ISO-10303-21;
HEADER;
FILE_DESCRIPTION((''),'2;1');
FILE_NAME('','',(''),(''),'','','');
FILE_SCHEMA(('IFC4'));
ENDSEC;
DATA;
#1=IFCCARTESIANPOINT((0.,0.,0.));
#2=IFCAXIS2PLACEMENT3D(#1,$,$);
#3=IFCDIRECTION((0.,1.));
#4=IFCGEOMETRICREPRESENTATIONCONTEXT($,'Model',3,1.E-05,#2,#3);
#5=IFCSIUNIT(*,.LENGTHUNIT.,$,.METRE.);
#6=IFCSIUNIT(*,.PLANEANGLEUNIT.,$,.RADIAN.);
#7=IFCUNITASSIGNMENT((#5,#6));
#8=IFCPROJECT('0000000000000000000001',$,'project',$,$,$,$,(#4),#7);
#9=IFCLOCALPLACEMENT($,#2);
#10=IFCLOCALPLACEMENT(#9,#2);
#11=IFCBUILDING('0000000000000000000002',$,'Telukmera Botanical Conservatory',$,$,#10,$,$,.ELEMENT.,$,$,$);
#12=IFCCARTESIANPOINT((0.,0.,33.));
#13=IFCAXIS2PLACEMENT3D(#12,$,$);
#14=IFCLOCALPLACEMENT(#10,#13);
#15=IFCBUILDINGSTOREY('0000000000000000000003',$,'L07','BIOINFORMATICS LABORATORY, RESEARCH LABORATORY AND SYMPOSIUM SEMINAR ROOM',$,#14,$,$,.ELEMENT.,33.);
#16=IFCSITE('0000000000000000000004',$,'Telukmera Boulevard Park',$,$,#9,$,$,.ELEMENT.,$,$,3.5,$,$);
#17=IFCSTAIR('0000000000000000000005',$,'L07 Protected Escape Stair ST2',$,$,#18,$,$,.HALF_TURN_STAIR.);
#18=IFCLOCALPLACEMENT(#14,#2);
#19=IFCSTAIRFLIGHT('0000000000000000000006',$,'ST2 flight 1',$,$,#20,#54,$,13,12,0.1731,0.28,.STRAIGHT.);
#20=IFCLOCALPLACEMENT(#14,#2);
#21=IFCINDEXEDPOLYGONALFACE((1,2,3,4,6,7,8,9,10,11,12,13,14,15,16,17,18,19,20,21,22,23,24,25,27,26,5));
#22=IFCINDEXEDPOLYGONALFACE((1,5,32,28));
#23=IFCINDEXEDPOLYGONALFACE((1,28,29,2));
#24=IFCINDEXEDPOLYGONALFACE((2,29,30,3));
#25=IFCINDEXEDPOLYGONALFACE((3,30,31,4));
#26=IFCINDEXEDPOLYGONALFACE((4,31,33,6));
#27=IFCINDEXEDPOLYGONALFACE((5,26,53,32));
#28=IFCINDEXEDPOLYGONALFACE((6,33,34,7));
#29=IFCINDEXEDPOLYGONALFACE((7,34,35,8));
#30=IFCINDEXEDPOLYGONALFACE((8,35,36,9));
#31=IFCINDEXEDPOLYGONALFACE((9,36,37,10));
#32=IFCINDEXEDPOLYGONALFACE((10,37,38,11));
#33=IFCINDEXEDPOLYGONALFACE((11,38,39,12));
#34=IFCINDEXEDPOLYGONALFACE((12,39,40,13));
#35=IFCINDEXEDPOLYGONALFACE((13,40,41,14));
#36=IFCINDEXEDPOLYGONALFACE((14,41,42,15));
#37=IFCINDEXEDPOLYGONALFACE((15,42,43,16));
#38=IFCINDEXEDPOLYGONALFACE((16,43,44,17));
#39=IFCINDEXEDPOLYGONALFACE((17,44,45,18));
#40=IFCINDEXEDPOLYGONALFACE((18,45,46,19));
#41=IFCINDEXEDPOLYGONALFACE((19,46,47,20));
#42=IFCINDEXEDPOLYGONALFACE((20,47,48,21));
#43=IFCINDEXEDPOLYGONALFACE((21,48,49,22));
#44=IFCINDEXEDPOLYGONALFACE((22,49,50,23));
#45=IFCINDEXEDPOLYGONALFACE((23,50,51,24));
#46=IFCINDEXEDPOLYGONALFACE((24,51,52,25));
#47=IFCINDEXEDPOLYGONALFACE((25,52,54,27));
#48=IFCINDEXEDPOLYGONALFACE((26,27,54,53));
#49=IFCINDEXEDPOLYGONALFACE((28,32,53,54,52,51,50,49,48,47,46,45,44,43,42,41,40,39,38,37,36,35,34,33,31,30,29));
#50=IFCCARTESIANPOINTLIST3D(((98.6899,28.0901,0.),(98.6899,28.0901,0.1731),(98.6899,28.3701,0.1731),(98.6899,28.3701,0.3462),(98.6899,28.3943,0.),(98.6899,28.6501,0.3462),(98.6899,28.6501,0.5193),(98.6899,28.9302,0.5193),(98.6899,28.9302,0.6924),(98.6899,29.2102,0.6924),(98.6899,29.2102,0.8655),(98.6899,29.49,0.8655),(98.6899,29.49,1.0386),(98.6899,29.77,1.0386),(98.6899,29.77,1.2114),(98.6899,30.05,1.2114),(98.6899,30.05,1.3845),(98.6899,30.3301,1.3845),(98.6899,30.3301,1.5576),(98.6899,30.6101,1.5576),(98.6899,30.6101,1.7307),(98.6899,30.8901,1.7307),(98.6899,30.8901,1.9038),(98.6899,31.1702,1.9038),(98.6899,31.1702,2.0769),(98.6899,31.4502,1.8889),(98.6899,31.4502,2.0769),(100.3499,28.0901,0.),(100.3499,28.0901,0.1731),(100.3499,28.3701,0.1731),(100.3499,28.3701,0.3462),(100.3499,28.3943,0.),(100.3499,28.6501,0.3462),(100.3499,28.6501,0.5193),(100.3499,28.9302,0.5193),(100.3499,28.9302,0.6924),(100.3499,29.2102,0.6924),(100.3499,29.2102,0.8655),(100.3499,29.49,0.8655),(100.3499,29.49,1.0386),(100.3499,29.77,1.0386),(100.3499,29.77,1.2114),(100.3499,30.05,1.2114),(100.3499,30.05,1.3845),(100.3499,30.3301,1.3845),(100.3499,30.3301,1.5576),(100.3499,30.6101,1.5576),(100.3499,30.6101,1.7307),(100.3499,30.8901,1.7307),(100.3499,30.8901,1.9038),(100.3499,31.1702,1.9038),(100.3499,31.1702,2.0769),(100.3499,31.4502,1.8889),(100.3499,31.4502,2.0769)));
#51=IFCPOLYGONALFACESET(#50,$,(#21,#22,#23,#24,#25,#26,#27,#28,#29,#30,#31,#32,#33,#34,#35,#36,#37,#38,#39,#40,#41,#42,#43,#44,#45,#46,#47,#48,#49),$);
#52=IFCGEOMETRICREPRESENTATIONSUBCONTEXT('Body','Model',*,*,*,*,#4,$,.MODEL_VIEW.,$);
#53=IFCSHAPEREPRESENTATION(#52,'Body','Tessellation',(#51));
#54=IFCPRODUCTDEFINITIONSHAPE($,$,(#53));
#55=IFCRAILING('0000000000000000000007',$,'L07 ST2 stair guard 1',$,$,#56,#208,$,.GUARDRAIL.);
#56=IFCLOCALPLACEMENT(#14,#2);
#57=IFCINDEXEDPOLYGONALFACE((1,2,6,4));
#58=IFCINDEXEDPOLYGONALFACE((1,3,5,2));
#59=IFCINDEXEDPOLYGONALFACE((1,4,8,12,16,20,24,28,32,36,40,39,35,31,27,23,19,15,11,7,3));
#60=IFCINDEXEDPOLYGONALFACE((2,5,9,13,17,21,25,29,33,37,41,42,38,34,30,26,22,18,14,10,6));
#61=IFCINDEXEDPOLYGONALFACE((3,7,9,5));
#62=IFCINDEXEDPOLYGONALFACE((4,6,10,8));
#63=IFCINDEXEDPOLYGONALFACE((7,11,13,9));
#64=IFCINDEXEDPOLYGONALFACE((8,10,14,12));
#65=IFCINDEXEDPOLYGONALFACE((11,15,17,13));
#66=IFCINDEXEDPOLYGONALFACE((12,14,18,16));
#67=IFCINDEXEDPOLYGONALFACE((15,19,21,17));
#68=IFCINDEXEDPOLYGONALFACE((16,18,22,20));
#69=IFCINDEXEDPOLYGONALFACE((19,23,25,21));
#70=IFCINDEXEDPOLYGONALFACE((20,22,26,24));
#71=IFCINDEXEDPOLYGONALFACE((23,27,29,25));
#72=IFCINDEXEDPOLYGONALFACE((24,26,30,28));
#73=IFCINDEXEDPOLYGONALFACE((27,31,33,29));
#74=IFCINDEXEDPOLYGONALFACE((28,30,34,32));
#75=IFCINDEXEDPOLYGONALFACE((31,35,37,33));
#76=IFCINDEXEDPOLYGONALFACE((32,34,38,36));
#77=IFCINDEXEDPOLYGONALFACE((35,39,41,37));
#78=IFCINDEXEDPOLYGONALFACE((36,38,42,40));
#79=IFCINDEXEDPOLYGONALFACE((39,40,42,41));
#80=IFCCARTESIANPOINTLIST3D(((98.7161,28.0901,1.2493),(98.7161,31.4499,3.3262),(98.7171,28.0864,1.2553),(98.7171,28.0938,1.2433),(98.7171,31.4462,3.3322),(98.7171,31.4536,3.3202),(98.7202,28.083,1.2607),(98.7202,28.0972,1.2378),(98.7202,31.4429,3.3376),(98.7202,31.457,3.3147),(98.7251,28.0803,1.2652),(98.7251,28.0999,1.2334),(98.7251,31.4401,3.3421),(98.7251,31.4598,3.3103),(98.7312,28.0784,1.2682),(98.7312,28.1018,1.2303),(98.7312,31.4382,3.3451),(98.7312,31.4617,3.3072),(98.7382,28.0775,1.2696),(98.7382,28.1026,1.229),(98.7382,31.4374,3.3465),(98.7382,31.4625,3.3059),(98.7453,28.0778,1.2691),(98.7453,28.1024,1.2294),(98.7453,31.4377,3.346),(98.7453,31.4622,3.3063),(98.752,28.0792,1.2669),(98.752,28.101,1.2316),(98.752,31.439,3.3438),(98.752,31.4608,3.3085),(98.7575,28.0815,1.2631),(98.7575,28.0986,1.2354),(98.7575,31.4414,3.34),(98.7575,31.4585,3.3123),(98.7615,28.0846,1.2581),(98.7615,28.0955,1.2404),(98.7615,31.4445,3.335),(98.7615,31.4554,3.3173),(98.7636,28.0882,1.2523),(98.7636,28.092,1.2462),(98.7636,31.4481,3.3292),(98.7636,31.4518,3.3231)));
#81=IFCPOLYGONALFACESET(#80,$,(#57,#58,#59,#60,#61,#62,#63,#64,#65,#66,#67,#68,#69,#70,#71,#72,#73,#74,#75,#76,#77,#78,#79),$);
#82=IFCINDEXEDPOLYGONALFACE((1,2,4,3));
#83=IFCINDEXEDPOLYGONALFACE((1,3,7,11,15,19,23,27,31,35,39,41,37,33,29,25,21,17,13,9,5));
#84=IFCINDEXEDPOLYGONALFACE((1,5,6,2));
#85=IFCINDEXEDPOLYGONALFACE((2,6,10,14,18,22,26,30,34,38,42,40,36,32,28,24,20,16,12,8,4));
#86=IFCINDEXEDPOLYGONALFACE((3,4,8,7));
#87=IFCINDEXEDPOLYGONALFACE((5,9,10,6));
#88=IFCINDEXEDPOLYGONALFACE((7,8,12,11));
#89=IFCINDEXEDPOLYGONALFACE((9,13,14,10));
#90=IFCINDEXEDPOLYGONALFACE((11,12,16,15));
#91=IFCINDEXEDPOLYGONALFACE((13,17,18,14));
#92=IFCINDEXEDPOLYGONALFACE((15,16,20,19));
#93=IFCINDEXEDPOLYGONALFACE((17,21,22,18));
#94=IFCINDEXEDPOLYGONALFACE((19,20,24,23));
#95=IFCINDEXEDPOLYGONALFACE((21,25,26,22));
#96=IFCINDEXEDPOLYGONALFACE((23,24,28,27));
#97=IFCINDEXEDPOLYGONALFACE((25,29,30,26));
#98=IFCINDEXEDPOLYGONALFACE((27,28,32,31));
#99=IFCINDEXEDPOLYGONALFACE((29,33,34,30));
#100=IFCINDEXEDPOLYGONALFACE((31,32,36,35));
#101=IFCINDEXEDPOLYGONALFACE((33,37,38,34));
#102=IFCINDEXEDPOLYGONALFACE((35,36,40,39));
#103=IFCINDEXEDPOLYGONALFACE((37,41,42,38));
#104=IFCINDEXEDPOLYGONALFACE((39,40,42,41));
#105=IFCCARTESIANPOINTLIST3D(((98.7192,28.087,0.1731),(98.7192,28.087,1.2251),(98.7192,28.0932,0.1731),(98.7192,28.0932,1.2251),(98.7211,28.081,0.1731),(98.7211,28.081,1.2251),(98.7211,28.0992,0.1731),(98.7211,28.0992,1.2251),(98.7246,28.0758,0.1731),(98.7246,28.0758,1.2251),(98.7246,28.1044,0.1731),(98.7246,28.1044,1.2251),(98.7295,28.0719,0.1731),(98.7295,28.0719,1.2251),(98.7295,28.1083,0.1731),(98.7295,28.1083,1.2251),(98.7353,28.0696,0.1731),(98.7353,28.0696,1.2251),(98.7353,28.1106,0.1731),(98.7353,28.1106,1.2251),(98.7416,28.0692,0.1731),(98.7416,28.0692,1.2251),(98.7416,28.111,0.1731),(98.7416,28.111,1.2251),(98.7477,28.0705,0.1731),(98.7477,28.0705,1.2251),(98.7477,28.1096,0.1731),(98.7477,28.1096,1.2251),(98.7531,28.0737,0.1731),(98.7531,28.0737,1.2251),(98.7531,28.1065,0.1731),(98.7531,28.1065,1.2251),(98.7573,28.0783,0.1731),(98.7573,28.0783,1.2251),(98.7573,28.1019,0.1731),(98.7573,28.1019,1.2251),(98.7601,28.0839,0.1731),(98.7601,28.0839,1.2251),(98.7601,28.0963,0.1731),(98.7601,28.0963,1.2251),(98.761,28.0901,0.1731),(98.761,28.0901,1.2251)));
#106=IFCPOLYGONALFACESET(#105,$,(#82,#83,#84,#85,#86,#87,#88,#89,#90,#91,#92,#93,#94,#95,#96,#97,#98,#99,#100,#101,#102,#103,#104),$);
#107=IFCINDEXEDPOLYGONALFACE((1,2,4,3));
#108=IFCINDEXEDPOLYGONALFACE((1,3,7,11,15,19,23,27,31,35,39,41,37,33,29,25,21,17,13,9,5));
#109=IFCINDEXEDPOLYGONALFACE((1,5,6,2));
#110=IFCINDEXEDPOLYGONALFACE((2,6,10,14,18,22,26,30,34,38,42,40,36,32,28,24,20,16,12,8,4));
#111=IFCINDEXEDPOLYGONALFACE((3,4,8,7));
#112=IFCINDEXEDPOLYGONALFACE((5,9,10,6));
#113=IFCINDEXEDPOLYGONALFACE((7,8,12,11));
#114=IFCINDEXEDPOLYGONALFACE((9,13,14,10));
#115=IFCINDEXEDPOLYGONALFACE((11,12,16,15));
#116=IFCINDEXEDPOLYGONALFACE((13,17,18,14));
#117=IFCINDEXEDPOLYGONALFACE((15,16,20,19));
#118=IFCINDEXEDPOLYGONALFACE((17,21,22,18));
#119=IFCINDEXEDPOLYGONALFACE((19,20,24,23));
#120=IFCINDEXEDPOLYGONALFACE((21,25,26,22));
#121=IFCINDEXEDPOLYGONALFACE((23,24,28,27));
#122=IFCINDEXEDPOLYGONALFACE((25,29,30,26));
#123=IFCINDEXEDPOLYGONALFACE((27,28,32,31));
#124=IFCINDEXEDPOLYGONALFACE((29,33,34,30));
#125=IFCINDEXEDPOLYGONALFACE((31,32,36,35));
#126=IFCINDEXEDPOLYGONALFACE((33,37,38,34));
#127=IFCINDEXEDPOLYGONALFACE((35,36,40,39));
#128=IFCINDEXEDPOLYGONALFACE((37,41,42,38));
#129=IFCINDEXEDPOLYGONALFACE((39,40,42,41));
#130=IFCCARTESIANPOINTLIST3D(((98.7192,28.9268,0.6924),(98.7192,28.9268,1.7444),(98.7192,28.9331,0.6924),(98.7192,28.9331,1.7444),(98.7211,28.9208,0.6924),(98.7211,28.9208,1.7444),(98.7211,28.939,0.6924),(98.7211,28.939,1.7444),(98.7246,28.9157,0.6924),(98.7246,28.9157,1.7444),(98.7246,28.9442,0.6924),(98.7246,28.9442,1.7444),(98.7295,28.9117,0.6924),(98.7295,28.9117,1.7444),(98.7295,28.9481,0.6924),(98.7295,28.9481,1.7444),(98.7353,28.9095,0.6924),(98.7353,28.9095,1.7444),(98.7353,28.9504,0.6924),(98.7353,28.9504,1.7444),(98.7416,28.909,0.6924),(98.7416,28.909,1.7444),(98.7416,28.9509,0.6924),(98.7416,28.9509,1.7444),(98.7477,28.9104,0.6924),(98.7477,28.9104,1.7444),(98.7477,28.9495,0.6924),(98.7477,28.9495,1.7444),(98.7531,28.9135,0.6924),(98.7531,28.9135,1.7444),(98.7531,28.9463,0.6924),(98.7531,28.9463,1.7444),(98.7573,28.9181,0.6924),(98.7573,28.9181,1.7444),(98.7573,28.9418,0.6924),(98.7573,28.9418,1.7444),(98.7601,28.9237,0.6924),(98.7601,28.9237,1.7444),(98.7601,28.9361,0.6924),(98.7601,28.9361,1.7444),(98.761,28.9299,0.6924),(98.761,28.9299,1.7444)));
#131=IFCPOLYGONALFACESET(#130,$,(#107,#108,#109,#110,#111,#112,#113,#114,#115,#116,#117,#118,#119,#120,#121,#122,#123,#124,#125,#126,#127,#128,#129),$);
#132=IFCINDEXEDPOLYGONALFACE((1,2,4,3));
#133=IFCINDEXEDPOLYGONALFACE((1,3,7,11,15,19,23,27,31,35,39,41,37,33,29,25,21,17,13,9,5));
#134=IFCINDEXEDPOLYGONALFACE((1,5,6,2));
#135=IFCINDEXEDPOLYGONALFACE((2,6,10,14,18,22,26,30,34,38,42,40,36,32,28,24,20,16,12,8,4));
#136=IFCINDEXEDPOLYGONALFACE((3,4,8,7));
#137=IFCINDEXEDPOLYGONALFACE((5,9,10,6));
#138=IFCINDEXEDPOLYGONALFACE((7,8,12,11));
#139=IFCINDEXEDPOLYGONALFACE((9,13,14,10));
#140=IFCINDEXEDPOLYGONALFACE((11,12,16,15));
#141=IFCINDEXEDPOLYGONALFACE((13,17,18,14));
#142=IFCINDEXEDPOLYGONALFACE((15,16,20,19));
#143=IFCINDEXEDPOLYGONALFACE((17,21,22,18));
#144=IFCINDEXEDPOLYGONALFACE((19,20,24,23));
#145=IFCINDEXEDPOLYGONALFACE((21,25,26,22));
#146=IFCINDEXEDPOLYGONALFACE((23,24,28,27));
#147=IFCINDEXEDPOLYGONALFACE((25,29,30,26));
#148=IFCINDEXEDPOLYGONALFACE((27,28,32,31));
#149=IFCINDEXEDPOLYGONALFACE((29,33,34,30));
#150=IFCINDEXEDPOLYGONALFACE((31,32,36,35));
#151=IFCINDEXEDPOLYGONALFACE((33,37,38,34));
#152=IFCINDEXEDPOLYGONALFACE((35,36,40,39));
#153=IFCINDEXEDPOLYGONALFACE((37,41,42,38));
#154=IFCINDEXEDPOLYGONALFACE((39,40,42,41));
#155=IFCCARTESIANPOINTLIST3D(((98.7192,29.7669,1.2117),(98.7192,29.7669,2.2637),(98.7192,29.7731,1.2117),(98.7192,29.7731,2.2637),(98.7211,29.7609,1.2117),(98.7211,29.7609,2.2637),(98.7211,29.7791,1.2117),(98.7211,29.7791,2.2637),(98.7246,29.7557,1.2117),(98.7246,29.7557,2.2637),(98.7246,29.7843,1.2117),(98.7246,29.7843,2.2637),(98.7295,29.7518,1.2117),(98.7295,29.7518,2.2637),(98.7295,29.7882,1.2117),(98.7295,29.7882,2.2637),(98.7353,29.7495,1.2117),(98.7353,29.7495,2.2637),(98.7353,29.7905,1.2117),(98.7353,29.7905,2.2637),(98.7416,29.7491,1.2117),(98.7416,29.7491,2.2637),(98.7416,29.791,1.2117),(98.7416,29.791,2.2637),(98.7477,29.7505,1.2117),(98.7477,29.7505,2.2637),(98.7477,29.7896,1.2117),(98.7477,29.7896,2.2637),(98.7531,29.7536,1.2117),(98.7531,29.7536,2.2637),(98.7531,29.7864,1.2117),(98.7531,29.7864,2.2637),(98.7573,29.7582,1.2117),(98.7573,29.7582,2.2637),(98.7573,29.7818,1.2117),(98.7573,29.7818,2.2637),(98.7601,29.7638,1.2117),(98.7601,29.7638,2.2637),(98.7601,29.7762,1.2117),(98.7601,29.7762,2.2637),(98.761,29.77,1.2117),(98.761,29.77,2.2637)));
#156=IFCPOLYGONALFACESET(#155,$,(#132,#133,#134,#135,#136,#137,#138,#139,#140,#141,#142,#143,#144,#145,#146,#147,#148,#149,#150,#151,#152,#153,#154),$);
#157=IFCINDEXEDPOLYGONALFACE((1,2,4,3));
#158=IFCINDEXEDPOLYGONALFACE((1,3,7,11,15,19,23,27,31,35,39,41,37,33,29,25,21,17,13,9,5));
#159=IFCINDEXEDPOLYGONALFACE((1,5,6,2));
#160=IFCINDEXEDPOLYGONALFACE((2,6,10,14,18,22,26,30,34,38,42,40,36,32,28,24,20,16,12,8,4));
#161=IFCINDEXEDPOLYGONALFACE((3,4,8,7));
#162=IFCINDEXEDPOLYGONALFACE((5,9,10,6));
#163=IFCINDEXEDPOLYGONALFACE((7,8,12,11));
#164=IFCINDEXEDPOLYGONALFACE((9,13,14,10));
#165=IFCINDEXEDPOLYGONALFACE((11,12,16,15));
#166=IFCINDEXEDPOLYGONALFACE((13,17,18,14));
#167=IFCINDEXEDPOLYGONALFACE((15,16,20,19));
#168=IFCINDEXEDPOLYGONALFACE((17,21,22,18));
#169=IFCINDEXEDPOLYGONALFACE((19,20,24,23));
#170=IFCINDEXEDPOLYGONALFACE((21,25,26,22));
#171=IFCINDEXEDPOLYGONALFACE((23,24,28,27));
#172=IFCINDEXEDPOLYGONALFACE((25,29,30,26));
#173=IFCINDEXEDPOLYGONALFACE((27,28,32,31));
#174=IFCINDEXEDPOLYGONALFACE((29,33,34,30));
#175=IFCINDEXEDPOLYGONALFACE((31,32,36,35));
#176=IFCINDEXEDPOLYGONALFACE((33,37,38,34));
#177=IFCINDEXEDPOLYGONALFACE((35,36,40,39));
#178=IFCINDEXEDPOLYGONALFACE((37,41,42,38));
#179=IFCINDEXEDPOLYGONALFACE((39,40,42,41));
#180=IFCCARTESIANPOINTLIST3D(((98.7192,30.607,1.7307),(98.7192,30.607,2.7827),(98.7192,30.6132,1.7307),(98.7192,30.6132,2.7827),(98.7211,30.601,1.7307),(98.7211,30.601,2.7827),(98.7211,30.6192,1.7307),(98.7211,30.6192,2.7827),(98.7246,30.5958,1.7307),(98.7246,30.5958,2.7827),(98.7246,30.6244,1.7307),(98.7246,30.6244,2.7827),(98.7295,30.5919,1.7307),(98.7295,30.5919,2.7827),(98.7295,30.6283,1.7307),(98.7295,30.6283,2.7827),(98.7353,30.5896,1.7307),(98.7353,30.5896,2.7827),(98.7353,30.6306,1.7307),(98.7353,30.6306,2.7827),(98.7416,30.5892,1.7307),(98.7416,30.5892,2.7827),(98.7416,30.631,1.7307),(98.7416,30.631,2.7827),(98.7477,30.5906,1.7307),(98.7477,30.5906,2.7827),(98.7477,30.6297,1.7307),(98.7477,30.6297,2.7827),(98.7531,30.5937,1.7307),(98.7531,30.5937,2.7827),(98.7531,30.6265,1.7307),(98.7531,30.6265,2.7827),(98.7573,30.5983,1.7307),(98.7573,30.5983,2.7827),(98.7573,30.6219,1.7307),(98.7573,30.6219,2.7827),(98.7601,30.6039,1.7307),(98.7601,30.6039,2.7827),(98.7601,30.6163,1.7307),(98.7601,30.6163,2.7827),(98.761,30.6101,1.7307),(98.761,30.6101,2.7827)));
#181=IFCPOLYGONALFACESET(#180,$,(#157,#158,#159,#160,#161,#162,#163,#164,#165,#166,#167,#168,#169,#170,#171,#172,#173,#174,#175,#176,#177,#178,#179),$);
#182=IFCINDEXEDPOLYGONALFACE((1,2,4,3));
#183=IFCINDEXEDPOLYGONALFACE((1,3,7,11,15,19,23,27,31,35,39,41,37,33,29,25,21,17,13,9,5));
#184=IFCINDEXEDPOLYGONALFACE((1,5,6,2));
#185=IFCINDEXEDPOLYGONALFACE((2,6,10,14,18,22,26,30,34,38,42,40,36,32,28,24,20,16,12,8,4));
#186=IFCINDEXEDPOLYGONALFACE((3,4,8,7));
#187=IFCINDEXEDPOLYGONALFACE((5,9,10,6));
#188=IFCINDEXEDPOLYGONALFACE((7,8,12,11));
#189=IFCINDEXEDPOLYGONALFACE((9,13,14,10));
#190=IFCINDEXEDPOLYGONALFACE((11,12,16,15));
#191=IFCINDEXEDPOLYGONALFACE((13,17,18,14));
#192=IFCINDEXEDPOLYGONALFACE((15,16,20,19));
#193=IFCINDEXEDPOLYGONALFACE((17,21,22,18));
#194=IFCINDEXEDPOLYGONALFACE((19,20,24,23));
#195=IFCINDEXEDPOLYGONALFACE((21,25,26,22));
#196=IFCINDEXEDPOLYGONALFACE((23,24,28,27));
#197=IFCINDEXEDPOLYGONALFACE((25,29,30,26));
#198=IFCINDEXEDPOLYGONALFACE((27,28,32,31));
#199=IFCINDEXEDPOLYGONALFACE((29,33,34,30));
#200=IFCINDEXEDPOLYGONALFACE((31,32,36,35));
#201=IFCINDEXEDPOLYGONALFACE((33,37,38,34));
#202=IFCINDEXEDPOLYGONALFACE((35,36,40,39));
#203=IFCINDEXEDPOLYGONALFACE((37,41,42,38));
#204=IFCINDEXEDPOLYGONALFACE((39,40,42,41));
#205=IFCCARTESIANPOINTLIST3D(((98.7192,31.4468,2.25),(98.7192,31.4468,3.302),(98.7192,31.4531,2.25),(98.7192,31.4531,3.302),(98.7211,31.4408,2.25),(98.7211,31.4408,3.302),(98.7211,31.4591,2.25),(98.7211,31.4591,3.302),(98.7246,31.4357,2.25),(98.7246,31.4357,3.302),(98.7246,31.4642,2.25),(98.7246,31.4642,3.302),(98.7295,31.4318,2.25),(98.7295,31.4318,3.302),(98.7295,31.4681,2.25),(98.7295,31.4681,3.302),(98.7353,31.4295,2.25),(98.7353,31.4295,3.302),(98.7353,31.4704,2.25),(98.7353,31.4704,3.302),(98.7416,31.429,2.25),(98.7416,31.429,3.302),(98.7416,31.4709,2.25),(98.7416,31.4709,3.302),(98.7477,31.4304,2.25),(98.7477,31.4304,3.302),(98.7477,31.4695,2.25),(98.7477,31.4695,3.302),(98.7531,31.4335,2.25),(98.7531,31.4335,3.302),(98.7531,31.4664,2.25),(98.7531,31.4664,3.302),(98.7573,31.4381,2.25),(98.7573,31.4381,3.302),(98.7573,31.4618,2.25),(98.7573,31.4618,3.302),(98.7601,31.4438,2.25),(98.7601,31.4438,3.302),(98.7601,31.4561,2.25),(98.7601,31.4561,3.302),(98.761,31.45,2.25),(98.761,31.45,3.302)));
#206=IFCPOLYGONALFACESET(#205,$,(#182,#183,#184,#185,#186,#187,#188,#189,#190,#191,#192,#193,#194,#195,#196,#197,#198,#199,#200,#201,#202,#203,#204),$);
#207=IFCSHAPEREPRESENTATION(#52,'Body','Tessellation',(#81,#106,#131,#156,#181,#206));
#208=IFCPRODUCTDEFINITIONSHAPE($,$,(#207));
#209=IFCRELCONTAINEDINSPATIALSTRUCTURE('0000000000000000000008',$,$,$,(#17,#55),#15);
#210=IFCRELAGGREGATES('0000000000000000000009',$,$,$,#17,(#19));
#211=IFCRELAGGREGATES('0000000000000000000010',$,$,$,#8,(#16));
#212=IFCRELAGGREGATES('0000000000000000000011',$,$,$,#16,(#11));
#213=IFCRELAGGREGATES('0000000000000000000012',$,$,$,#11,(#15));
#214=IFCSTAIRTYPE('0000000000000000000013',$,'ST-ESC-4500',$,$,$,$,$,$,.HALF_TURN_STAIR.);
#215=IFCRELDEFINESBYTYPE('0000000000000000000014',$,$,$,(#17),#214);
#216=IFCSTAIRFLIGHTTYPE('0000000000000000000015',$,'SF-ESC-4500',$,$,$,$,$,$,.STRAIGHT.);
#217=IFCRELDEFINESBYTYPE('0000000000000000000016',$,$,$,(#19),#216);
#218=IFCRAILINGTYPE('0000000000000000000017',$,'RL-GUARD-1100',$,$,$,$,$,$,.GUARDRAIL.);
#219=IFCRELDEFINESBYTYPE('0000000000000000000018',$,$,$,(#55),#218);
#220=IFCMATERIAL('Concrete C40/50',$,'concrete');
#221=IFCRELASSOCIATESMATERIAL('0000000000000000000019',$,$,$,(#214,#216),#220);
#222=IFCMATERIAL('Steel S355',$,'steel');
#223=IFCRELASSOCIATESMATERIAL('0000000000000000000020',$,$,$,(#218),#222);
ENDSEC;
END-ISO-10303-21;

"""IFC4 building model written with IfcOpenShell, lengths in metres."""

from ifc_helpers import new_model, si_unit, direction, frame, origin, origin_2d, place, context, subcontext, project, spatial, polyline, circle, outline, extrude, material, type_object, element, aggregate, save


model = new_model("IFC4")

# Units and contexts
model_context = context("Model", 3, precision=1e-05, world=origin(), true_north=direction((0.0, 1.0)))
body_context = subcontext(model_context, "Body", "Model", "MODEL_VIEW")
ifc_project = project(units=[si_unit("LENGTHUNIT", "METRE"), si_unit("PLANEANGLEUNIT", "RADIAN")], contexts=[model_context])

# Site, building, storey
site_placement = place(None, origin())
site = spatial("IfcSite", under=ifc_project, at=site_placement, Name="Telukmera Boulevard Park", CompositionType="ELEMENT", RefElevation=3.5)
building_placement = place(site_placement, origin())
building = spatial("IfcBuilding", under=site, at=building_placement, Name="Telukmera Botanical Conservatory", CompositionType="ELEMENT")
storey_placement = place(building_placement, frame((0.0, 0.0, 33.0)))
storey = spatial("IfcBuildingStorey", under=building, at=storey_placement, Name="L07", Description="BIOINFORMATICS LABORATORY, RESEARCH LABORATORY AND SYMPOSIUM SEMINAR ROOM", CompositionType="ELEMENT", Elevation=33.0)

# Shared definitions
ifc_material_1 = material(Name="Concrete C40/50", Category="concrete")

# Stair, stair flight
stair_type = type_object("IfcStairType", Name="ST-ESC-4500", PredefinedType="HALF_TURN_STAIR", material=ifc_material_1)
stair_placement = place(storey_placement, origin())
stair = element("IfcStair", 1, at=stair_placement, inside=storey, type_object=stair_type, Name="L07 Protected Escape Stair ST2", PredefinedType="HALF_TURN_STAIR")
stair_flight_type = type_object("IfcStairFlightType", Name="SF-ESC-4500", PredefinedType="STRAIGHT", material=ifc_material_1)
stair_flight_placement = place(storey_placement, frame((99.52, 28.0901, 0.0), z_axis=(0.0, 0.0, 1.0), x_axis=(0.0, 1.0, 0.0)))
stair_flight = element("IfcStairFlight", 2, at=stair_flight_placement, type_object=stair_flight_type, Name="ST2 flight 1", NumberOfRisers=13, NumberOfTreads=12, PredefinedType="STRAIGHT", RiserHeight=0.1731, TreadLength=0.28, context=body_context, shape_type="SweptSolid", body=[
    extrude(outline(polyline([(0.0, 0.0), (0.0, 0.1731), (0.28, 0.1731), (0.28, 0.3462), (0.5601, 0.3462), (0.5601, 0.5193), (0.8401, 0.5193), (0.8401, 0.6924), (1.1201, 0.6924), (1.1201, 0.8655), (1.3999, 0.8655), (1.3999, 1.0386), (1.6799, 1.0386), (1.6799, 1.2114), (1.96, 1.2114), (1.96, 1.3845), (2.24, 1.3845), (2.24, 1.5576), (2.52, 1.5576), (2.52, 1.7307), (2.8, 1.7307), (2.8, 1.9038), (3.0801, 1.9038), (3.0801, 2.0769), (3.3601, 2.0769), (3.3601, 2.25), (3.3601, 1.8889), (0.3042, 0.0), (0.0, 0.0)])), frame((0.0, 0.8301, 0.0), z_axis=(0.0, -1.0, 0.0), x_axis=(1.0, 0.0, 0.0)), (0.0, 0.0, 1.0), 1.6599),
])
aggregate(stair, [stair_flight])

# Railing
ifc_material_2 = material(Name="Steel S355", Category="steel")
railing_type = type_object("IfcRailingType", Name="RL-GUARD-1100", PredefinedType="GUARDRAIL", material=ifc_material_2)
railing_1_placement = place(storey_placement, frame((98.74, 28.0901, 0.1731)))
element("IfcRailing", 3, at=railing_1_placement, inside=storey, type_object=railing_type, Name="L07 ST2 stair guard 1", PredefinedType="GUARDRAIL", context=body_context, shape_type="SweptSolid", body=[
    extrude(circle(Radius=0.0239, at=origin_2d()), frame((0.0, 0.0, 1.0762), z_axis=(0.0, 0.850606, 0.525803), x_axis=(-1.0, 0.0, 0.0)), (0.0, 0.0, 1.0), 3.95),
    extrude(circle(Radius=0.021, at=origin_2d()), origin(), (0.0, 0.0, 1.0), 1.052),
    extrude(circle(Radius=0.021, at=origin_2d()), frame((0.0, 0.8398, 0.5193)), (0.0, 0.0, 1.0), 1.052),
    extrude(circle(Radius=0.021, at=origin_2d()), frame((0.0, 1.6799, 1.0386)), (0.0, 0.0, 1.0), 1.052),
    extrude(circle(Radius=0.021, at=origin_2d()), frame((0.0, 2.52, 1.5576)), (0.0, 0.0, 1.0), 1.052),
    extrude(circle(Radius=0.021, at=origin_2d()), frame((0.0, 3.3599, 2.0769)), (0.0, 0.0, 1.0), 1.052),
])

save(model, "model.ifc")
